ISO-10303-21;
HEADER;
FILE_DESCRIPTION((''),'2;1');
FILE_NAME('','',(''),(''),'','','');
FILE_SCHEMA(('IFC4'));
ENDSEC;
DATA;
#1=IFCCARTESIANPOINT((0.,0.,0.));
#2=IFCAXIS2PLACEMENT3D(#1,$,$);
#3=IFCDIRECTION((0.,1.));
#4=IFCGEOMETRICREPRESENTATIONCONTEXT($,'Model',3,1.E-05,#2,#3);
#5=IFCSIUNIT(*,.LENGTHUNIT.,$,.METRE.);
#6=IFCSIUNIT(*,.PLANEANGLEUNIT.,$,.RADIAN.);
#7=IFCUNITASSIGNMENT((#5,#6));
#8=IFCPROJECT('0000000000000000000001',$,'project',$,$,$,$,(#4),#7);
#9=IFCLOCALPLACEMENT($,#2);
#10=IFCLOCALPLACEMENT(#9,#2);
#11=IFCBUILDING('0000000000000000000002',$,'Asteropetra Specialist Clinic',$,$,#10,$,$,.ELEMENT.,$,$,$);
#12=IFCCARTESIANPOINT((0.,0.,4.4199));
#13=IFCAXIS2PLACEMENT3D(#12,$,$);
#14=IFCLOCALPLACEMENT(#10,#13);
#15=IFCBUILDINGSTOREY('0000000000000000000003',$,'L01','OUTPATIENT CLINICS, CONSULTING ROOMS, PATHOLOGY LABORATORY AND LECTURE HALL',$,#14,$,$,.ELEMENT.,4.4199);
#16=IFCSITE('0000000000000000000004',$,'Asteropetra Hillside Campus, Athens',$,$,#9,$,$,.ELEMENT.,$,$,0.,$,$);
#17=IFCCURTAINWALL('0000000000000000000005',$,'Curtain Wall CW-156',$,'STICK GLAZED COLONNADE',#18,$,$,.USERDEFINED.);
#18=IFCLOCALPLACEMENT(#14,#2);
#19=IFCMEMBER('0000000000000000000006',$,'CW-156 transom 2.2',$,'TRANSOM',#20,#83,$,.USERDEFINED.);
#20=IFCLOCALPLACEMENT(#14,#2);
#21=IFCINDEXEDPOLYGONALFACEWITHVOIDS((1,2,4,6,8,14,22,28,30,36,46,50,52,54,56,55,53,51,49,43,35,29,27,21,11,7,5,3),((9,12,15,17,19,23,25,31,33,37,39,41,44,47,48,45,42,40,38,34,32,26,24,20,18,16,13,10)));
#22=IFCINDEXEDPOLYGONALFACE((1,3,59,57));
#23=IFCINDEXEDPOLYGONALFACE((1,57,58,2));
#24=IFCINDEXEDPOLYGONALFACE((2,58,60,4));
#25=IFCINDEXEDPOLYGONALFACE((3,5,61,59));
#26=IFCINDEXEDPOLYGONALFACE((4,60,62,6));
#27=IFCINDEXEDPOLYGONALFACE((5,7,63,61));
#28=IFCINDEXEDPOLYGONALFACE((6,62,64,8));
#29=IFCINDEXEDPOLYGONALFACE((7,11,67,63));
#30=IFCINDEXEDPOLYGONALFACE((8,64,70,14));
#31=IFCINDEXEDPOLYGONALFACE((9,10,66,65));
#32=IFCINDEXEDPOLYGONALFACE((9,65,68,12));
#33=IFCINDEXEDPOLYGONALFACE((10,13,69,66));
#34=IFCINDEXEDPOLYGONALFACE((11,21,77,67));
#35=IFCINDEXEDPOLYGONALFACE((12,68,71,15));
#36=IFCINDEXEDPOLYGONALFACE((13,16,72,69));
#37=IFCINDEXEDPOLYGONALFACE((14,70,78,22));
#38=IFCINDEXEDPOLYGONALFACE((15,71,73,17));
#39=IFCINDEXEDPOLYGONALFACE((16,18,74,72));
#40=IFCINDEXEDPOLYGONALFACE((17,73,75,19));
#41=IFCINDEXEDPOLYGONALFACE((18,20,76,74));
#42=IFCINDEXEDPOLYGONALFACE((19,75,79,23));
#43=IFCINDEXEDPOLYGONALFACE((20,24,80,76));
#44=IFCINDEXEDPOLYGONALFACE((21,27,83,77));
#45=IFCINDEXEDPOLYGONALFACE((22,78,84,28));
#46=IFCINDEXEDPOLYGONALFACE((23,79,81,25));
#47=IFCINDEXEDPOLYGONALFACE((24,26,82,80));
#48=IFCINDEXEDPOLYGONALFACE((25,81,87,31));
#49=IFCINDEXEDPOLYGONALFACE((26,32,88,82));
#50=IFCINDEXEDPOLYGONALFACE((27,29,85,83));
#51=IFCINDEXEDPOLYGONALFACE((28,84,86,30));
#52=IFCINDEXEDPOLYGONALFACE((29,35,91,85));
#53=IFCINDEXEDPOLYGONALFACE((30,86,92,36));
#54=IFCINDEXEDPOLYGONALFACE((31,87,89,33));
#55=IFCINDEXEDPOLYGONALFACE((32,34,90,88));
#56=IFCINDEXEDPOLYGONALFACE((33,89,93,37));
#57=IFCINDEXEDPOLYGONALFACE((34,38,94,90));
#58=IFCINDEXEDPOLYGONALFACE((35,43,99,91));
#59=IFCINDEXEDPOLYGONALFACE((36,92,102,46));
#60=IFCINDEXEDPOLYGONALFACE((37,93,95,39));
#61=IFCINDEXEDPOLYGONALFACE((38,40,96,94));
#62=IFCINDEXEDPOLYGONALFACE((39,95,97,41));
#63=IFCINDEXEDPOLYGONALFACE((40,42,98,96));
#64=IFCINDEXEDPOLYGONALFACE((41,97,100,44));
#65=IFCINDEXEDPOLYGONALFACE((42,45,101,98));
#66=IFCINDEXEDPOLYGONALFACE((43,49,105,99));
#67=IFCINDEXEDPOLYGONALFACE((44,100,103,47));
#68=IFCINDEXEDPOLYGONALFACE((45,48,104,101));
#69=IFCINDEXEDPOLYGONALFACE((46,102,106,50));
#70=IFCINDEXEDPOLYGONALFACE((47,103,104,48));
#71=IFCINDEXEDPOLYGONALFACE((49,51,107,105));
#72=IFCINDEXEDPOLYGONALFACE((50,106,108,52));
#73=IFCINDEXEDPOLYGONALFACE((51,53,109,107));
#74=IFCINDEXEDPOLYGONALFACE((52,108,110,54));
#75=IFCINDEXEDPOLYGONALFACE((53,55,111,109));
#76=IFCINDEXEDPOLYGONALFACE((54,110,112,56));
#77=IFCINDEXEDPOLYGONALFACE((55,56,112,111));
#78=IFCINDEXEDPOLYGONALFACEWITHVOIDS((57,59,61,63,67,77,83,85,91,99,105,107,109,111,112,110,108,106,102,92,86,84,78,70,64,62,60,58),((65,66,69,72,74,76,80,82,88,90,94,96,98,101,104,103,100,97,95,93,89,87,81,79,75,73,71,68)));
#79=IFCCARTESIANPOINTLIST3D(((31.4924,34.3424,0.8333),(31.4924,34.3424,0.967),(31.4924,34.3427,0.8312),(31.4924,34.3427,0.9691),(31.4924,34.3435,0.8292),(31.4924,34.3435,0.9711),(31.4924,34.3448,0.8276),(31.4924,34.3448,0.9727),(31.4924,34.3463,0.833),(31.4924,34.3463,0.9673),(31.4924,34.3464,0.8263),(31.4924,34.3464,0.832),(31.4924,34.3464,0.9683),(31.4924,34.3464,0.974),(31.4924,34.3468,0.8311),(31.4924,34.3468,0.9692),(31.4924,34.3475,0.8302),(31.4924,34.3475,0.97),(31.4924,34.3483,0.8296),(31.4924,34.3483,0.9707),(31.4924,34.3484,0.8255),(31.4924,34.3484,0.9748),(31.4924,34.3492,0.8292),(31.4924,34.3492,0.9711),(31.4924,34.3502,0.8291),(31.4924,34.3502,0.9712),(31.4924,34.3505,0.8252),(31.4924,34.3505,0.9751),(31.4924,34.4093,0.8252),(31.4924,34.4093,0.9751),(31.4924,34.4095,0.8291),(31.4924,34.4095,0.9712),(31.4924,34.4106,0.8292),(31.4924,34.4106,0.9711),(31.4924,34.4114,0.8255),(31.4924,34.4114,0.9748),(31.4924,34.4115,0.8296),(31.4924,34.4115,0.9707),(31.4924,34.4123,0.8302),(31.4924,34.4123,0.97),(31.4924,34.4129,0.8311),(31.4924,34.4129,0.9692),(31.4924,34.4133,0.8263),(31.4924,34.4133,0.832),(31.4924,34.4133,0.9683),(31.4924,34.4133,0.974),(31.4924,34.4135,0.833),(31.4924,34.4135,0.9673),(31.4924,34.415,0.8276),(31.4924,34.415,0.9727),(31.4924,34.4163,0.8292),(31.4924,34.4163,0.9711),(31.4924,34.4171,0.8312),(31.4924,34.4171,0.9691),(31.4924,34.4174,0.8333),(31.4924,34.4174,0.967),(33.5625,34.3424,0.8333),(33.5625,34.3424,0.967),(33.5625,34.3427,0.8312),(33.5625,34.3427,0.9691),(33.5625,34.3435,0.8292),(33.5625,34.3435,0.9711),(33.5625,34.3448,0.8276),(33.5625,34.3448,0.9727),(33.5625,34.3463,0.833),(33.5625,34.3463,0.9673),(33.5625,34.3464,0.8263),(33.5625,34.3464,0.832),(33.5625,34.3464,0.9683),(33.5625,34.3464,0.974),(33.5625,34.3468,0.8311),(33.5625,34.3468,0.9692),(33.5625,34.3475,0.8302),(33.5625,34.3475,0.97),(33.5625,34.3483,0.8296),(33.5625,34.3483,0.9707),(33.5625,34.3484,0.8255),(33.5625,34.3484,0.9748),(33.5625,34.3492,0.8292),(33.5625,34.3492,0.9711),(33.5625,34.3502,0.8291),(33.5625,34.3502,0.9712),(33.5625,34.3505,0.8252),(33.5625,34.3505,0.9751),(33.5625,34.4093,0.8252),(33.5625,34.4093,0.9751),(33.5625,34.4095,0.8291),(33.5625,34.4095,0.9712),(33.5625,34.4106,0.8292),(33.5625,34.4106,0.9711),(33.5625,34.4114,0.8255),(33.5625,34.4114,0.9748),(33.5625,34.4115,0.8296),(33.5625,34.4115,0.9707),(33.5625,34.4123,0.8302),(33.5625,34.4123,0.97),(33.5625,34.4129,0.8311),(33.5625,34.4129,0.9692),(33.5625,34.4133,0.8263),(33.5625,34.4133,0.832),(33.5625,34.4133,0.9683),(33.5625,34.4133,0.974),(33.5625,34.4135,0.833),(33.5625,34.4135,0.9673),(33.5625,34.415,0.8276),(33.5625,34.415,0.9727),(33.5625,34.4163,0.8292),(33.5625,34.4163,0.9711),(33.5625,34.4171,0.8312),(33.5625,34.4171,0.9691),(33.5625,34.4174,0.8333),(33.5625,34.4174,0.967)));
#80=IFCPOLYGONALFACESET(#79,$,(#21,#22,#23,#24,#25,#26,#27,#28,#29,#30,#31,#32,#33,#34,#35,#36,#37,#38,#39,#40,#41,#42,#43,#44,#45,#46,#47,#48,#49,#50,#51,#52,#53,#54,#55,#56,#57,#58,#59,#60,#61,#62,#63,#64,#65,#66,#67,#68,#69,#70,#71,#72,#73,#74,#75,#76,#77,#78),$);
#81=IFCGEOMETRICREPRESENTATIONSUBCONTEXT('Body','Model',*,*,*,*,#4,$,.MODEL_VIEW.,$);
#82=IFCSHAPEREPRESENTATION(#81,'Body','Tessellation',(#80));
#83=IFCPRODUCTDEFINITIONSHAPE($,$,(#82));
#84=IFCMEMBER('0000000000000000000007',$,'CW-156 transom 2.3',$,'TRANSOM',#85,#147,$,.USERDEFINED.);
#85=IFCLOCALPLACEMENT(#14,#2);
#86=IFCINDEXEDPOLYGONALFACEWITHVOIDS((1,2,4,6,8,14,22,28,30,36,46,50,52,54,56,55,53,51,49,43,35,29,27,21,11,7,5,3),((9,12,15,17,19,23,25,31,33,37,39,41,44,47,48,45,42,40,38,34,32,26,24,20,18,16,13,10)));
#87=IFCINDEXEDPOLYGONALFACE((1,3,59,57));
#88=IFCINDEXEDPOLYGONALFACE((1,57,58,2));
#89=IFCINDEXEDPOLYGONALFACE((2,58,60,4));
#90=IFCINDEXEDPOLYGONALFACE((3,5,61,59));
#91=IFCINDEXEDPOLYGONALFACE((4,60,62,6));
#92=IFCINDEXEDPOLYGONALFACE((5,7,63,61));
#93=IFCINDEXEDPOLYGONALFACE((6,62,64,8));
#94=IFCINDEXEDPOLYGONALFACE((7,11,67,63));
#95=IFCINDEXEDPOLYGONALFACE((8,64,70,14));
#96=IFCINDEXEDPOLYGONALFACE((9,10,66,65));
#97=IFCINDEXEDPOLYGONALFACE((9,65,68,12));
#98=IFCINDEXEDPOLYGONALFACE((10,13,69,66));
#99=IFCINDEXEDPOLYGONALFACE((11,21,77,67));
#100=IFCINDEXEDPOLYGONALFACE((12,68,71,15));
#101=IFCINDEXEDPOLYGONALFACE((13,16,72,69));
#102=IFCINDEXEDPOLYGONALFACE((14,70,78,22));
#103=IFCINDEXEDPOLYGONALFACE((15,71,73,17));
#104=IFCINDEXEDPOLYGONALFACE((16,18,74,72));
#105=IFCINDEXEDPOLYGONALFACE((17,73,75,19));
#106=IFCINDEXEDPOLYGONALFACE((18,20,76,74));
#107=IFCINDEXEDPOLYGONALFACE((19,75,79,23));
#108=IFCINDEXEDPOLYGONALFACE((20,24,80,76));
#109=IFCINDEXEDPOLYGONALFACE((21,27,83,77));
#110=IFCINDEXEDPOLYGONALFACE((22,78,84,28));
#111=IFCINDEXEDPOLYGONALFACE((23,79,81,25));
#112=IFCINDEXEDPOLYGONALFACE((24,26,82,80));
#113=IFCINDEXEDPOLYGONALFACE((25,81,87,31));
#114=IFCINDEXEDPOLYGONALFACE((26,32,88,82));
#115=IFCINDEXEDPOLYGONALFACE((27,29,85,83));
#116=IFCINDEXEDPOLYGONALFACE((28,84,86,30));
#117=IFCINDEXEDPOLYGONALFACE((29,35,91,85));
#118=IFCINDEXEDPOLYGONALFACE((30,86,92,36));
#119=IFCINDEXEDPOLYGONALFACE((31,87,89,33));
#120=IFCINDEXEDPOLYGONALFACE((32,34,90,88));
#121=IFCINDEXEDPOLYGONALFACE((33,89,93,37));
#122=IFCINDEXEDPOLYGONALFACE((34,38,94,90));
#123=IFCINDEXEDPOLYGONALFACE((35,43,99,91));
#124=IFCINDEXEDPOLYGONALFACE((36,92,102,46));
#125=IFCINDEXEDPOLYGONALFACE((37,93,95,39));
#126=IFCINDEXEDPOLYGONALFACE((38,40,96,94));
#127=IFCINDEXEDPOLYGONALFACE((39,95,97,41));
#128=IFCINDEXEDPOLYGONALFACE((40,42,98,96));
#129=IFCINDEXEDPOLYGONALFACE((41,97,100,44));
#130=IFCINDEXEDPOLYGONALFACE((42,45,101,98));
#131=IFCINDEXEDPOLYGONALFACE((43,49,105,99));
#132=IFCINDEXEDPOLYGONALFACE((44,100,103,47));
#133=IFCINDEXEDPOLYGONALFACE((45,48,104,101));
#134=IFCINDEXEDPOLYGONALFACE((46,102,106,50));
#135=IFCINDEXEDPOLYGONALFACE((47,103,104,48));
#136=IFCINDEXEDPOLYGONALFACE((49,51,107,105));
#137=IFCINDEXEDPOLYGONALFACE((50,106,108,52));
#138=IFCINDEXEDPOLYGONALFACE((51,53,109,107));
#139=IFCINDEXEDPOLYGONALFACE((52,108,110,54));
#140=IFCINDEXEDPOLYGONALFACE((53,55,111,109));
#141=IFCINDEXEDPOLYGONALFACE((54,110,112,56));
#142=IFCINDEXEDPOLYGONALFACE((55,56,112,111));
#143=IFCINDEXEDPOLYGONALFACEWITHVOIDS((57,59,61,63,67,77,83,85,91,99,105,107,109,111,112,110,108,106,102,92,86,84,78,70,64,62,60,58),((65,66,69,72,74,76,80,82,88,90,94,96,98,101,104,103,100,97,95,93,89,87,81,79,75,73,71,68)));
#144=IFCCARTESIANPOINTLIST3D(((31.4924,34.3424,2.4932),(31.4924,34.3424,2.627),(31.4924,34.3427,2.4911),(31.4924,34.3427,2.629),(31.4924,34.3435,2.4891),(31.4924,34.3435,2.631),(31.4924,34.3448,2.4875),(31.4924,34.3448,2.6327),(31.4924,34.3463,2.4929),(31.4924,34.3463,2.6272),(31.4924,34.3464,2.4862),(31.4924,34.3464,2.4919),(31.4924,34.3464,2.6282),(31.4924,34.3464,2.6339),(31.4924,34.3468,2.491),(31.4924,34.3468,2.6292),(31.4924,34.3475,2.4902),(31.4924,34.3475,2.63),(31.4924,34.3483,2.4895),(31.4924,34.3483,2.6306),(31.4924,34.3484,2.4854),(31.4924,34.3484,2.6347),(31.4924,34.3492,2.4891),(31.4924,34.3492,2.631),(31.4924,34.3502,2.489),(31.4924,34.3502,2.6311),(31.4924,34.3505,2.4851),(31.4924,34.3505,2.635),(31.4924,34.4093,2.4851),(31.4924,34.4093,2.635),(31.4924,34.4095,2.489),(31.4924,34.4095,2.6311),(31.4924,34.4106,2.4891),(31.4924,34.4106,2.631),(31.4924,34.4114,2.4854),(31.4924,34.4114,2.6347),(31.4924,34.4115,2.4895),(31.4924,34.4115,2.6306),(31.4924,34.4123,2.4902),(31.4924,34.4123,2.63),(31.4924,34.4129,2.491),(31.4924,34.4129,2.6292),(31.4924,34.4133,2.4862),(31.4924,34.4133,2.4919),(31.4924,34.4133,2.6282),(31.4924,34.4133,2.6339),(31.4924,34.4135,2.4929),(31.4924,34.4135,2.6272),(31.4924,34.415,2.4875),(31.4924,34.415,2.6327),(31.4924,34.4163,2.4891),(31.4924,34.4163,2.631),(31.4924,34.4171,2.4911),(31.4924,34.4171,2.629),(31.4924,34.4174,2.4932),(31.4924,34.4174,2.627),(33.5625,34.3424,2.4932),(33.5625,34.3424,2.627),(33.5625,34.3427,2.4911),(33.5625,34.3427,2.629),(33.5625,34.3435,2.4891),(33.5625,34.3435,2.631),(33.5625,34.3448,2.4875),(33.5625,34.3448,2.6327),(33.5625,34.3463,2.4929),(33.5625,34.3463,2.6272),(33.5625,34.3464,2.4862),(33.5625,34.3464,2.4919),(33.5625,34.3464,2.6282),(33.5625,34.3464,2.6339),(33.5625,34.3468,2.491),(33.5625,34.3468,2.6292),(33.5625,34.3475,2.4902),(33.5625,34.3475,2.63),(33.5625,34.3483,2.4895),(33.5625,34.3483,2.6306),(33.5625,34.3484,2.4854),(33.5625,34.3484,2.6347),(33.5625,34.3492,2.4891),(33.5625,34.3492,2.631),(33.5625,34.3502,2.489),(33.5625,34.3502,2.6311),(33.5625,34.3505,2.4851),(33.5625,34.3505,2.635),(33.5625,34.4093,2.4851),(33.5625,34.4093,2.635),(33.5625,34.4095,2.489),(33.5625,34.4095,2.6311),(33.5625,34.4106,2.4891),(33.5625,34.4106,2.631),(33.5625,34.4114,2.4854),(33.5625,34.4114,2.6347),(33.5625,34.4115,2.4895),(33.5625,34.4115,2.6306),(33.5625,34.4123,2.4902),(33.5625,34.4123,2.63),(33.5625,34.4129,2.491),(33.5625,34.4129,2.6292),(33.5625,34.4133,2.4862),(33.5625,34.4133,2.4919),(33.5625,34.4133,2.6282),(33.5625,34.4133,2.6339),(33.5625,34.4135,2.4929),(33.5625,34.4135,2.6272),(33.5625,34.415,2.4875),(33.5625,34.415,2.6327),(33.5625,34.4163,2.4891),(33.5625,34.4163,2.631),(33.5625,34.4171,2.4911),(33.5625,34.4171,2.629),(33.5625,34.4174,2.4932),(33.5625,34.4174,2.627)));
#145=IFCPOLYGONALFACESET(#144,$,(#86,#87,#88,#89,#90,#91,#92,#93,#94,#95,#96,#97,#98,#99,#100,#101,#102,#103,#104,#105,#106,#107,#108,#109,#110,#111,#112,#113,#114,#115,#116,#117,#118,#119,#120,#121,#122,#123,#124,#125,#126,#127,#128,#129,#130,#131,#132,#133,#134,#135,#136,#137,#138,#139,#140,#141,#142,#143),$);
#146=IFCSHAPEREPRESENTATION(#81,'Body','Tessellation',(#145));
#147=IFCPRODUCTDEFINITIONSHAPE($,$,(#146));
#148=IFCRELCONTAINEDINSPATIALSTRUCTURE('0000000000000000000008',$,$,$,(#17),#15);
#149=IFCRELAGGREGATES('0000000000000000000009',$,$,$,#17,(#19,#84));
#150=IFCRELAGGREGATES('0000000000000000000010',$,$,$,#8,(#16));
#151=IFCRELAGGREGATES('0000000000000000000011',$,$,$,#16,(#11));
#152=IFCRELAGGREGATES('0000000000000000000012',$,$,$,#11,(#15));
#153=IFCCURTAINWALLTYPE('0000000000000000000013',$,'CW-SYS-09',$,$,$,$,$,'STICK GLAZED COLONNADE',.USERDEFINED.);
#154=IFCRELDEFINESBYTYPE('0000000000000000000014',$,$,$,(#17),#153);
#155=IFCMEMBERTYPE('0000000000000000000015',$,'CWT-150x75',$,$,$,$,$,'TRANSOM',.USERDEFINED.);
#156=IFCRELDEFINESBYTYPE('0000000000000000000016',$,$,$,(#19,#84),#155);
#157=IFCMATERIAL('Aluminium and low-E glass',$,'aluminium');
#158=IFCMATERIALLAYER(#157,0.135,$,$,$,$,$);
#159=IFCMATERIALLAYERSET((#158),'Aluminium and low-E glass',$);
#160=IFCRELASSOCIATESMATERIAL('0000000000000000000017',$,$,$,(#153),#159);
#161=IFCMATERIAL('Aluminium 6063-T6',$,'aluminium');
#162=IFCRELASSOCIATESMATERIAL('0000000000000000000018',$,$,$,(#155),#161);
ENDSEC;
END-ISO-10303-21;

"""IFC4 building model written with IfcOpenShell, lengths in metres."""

from ifc_helpers import new_model, si_unit, direction, frame, origin, origin_2d, place, context, subcontext, project, spatial, hollow_rectangle, extrude, material, layer, layer_set, material_profile, profile_set, type_object, element, aggregate, save


model = new_model("IFC4")

# Units and contexts
model_context = context("Model", 3, precision=1e-05, world=origin(), true_north=direction((0.0, 1.0)))
body_context = subcontext(model_context, "Body", "Model", "MODEL_VIEW")
ifc_project = project(units=[si_unit("LENGTHUNIT", "METRE"), si_unit("PLANEANGLEUNIT", "RADIAN")], contexts=[model_context])

# Site, building, storey
site_placement = place(None, origin())
site = spatial("IfcSite", under=ifc_project, at=site_placement, Name="Asteropetra Hillside Campus, Athens", CompositionType="ELEMENT", RefElevation=0.0)
building_placement = place(site_placement, origin())
building = spatial("IfcBuilding", under=site, at=building_placement, Name="Asteropetra Specialist Clinic", CompositionType="ELEMENT")
storey_placement = place(building_placement, frame((0.0, 0.0, 4.4199)))
storey = spatial("IfcBuildingStorey", under=building, at=storey_placement, Name="L01", Description="OUTPATIENT CLINICS, CONSULTING ROOMS, PATHOLOGY LABORATORY AND LECTURE HALL", CompositionType="ELEMENT", Elevation=4.4199)

# Curtain wall, members
ifc_material_1 = material(Name="Aluminium and low-E glass", Category="aluminium")
ifc_layer_1 = layer(ifc_material_1, 0.135)
ifc_layer_set_1 = layer_set([ifc_layer_1], Name="Aluminium and low-E glass")
curtain_wall_type = type_object("IfcCurtainWallType", Name="CW-SYS-09", ElementType="STICK GLAZED COLONNADE", PredefinedType="USERDEFINED", material=ifc_layer_set_1)
curtain_wall_placement = place(storey_placement, origin())
curtain_wall = element("IfcCurtainWall", 1, at=curtain_wall_placement, inside=storey, type_object=curtain_wall_type, Name="Curtain Wall CW-156", ObjectType="STICK GLAZED COLONNADE", PredefinedType="USERDEFINED")
ifc_material_2 = material(Name="Aluminium 6063-T6", Category="aluminium")
ifc_material_profile_1 = material_profile(ifc_material_2, hollow_rectangle(XDim=0.075, YDim=0.1499, WallThickness=0.0039, InnerFilletRadius=0.0039, OuterFilletRadius=0.0081, at=origin_2d()), Name="TRN 150x75x4.0")
ifc_profile_set_1 = profile_set([ifc_material_profile_1], Name="Aluminium 6063-T6")
member_type_1 = type_object("IfcMemberType", Name="CWT-150x75", ElementType="TRANSOM", PredefinedType="USERDEFINED", material=ifc_profile_set_1)
member_1_placement = place(storey_placement, frame((31.4924, 34.3799, 0.9001), z_axis=(1.0, 0.0, 0.0), x_axis=(0.0, 1.0, 0.0)))
member_1 = element("IfcMember", 2, at=member_1_placement, type_object=member_type_1, Name="CW-156 transom 2.2", ObjectType="TRANSOM", PredefinedType="USERDEFINED", context=body_context, shape_type="SweptSolid", body=[
    extrude(hollow_rectangle(XDim=0.075, YDim=0.1499, WallThickness=0.0039, InnerFilletRadius=0.0039, OuterFilletRadius=0.0081, at=origin_2d()), origin(), (0.0, 0.0, 1.0), 2.0701),
])
member_2_placement = place(storey_placement, frame((31.4924, 34.3799, 2.5601), z_axis=(1.0, 0.0, 0.0), x_axis=(0.0, 1.0, 0.0)))
member_2 = element("IfcMember", 3, at=member_2_placement, type_object=member_type_1, Name="CW-156 transom 2.3", ObjectType="TRANSOM", PredefinedType="USERDEFINED", context=body_context, shape_type="SweptSolid", body=[
    extrude(hollow_rectangle(XDim=0.075, YDim=0.1499, WallThickness=0.0039, InnerFilletRadius=0.0039, OuterFilletRadius=0.0081, at=origin_2d()), origin(), (0.0, 0.0, 1.0), 2.0701),
])

aggregate(curtain_wall, [member_1, member_2])

save(model, "model.ifc")
